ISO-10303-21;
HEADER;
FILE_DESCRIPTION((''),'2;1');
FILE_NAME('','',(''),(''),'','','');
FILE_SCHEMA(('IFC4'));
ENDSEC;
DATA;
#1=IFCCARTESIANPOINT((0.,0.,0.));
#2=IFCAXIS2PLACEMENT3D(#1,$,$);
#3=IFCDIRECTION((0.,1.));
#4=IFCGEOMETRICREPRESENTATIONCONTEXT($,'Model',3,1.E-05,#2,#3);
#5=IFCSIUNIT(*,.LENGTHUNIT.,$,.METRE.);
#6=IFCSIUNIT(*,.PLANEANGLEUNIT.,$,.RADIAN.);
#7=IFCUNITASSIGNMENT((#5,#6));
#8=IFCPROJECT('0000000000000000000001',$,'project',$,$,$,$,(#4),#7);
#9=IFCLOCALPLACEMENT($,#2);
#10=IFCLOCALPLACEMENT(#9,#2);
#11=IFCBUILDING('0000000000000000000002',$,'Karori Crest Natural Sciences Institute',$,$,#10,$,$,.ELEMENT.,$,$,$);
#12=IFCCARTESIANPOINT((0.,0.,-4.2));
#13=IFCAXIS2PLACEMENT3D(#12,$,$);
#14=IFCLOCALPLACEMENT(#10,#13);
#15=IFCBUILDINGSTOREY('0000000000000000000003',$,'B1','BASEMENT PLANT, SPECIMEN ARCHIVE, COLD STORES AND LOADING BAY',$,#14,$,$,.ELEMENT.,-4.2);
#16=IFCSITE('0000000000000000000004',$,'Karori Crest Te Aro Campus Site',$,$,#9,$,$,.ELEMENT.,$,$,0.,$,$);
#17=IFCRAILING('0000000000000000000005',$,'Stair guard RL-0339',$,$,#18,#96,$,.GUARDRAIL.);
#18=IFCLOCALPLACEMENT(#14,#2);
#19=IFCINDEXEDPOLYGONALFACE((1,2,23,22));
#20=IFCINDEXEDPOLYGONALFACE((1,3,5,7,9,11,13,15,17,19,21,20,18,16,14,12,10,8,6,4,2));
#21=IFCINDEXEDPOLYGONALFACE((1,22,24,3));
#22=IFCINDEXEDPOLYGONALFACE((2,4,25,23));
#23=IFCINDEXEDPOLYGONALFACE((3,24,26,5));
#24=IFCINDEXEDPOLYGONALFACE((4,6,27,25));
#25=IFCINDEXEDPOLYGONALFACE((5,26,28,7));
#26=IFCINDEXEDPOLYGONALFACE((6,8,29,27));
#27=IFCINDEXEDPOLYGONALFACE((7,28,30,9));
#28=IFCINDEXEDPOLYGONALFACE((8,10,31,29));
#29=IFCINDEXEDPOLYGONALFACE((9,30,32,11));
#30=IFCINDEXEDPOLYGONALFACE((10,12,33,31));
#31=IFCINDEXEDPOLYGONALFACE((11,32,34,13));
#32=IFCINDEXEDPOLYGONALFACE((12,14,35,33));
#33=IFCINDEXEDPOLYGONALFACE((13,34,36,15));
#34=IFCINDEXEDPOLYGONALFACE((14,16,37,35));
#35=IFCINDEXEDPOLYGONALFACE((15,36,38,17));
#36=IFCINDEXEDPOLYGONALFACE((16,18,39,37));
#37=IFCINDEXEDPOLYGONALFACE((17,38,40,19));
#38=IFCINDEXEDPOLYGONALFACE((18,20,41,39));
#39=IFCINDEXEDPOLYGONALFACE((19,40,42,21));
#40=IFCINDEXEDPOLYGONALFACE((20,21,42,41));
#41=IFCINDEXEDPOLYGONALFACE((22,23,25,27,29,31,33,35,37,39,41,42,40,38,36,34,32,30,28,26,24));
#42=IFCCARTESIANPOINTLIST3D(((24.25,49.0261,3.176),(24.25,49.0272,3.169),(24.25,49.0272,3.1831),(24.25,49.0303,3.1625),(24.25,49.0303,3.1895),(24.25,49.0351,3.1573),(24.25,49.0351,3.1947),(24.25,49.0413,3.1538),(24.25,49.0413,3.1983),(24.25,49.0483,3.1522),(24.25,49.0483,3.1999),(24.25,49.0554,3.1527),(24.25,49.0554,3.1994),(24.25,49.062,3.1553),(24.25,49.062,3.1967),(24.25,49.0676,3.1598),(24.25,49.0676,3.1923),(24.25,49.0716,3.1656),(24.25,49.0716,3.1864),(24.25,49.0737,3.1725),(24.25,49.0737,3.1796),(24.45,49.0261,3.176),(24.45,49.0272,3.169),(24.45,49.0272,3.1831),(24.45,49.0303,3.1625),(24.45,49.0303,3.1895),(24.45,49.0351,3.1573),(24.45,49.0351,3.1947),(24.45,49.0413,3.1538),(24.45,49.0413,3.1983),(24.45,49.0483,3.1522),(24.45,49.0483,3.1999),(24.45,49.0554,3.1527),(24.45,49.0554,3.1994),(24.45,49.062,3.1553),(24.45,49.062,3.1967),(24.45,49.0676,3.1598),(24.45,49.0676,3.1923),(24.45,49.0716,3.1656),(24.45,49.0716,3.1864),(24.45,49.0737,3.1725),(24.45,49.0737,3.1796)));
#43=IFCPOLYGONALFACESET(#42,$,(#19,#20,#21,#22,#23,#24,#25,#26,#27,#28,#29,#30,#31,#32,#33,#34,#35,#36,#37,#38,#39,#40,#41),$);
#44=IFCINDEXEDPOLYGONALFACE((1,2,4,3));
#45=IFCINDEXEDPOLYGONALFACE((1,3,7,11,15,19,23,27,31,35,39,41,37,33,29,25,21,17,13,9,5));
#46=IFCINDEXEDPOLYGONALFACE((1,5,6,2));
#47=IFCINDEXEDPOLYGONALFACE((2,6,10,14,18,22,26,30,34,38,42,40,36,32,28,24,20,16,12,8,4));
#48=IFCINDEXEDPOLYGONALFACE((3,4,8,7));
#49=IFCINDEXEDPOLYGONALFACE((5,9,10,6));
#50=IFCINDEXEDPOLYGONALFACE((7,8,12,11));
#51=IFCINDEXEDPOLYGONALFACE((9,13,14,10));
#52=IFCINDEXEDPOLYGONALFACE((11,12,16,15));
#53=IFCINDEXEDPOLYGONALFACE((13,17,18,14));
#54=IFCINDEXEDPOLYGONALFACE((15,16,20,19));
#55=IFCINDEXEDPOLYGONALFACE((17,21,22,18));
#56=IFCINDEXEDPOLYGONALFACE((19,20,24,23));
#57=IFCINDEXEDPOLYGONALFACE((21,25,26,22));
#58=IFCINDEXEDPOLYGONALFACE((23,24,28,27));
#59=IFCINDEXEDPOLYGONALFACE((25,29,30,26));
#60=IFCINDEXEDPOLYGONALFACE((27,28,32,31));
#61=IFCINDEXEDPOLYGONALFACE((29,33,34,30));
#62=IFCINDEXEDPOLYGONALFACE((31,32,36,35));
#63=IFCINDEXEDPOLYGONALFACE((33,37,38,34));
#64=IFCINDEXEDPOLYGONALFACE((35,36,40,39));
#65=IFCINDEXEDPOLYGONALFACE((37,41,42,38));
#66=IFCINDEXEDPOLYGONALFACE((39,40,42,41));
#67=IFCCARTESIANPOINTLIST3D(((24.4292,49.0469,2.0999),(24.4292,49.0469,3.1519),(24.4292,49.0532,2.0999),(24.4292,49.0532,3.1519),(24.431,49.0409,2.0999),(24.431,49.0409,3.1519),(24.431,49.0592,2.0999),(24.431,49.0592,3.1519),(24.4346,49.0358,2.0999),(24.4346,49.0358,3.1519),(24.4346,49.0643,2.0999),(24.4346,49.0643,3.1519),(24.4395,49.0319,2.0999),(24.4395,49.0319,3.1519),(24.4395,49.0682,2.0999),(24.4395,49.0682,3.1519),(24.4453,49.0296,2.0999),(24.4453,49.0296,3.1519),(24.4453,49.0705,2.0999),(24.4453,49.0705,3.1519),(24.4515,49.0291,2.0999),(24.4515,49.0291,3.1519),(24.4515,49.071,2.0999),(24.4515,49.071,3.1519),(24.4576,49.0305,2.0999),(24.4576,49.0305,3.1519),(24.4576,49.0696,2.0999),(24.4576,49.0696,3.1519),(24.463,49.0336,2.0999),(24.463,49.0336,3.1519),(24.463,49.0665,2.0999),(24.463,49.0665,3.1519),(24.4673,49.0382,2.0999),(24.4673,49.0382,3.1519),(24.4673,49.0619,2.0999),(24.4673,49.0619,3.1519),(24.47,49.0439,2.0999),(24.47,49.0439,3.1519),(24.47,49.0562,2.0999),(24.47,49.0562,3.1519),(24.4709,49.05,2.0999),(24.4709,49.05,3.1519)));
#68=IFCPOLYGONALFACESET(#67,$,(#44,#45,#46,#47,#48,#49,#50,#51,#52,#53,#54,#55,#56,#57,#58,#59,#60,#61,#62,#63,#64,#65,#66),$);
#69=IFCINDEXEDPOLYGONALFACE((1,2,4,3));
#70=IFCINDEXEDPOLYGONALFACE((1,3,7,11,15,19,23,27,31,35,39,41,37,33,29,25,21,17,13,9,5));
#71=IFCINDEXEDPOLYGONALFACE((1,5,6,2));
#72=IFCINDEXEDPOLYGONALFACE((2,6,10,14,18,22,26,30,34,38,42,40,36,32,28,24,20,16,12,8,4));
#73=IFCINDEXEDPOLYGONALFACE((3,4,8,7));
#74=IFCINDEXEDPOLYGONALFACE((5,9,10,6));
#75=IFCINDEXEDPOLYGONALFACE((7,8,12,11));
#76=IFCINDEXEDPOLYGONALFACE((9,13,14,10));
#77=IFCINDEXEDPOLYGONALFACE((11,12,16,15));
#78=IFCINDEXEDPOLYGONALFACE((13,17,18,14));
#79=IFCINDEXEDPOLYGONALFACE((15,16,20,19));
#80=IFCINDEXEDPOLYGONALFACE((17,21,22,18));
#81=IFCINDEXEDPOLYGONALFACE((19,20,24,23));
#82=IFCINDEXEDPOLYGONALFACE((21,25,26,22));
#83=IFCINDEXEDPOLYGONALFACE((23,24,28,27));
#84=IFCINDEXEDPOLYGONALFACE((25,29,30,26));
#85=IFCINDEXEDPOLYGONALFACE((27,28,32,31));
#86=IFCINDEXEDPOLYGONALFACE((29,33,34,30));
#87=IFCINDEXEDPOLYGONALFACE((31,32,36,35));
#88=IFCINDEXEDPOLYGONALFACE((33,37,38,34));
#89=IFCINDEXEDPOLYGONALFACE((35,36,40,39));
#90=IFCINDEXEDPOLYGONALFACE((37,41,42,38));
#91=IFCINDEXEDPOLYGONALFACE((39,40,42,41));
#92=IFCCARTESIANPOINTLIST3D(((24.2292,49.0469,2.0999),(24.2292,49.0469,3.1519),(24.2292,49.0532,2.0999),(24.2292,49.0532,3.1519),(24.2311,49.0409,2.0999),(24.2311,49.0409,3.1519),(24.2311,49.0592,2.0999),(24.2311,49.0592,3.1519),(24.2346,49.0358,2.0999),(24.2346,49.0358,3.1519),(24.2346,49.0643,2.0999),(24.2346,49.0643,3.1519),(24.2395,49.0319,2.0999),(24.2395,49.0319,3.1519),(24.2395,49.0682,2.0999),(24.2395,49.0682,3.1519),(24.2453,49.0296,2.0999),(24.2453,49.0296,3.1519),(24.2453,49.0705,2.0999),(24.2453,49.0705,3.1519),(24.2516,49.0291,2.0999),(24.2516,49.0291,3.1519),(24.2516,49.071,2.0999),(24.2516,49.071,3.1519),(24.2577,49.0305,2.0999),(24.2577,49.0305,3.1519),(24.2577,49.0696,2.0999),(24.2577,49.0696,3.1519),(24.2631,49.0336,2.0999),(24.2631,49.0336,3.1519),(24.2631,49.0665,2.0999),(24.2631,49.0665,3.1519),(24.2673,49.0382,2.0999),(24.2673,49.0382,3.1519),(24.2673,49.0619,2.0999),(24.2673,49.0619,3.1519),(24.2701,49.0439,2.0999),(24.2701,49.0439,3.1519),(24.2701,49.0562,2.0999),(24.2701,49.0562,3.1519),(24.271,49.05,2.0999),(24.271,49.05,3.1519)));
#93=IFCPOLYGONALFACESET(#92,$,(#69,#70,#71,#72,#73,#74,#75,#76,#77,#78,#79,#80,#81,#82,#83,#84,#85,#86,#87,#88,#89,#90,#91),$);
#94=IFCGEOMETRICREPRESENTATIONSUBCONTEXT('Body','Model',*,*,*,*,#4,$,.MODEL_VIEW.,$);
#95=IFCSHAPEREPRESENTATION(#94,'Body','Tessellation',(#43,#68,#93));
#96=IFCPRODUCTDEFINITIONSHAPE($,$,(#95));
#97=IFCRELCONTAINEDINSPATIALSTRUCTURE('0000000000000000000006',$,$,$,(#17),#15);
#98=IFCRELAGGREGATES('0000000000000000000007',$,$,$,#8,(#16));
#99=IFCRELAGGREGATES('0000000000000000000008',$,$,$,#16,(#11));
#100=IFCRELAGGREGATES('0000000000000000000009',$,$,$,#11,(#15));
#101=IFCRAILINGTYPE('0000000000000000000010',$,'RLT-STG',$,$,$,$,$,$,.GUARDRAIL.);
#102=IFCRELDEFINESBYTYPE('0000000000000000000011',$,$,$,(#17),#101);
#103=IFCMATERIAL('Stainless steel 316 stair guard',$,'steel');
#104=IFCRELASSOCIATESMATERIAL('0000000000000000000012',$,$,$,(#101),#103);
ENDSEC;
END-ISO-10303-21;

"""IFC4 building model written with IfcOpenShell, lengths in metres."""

from ifc_helpers import new_model, si_unit, direction, frame, origin, origin_2d, place, context, subcontext, project, spatial, circle, extrude, material, type_object, element, save


model = new_model("IFC4")

# Units and contexts
model_context = context("Model", 3, precision=1e-05, world=origin(), true_north=direction((0.0, 1.0)))
body_context = subcontext(model_context, "Body", "Model", "MODEL_VIEW")
ifc_project = project(units=[si_unit("LENGTHUNIT", "METRE"), si_unit("PLANEANGLEUNIT", "RADIAN")], contexts=[model_context])

# Site, building, storey
site_placement = place(None, origin())
site = spatial("IfcSite", under=ifc_project, at=site_placement, Name="Karori Crest Te Aro Campus Site", CompositionType="ELEMENT", RefElevation=0.0)
building_placement = place(site_placement, origin())
building = spatial("IfcBuilding", under=site, at=building_placement, Name="Karori Crest Natural Sciences Institute", CompositionType="ELEMENT")
storey_placement = place(building_placement, frame((0.0, 0.0, -4.2)))
storey = spatial("IfcBuildingStorey", under=building, at=storey_placement, Name="B1", Description="BASEMENT PLANT, SPECIMEN ARCHIVE, COLD STORES AND LOADING BAY", CompositionType="ELEMENT", Elevation=-4.2)

# Railing
ifc_material_1 = material(Name="Stainless steel 316 stair guard", Category="steel")
railing_type_1 = type_object("IfcRailingType", Name="RLT-STG", PredefinedType="GUARDRAIL", material=ifc_material_1)
railing_1_placement = place(storey_placement, frame((24.45, 49.05, 2.0999)))
element("IfcRailing", 1, at=railing_1_placement, inside=storey, type_object=railing_type_1, Name="Stair guard RL-0339", PredefinedType="GUARDRAIL", context=body_context, shape_type="SweptSolid", body=[
    extrude(circle(Radius=0.0239, at=origin_2d()), frame((0.0, 0.0, 1.0762), z_axis=(-1.0, 0.0, 0.0), x_axis=(0.0, -1.0, 0.0)), (0.0, 0.0, 1.0), 0.2),
    extrude(circle(Radius=0.021, at=origin_2d()), origin(), (0.0, 0.0, 1.0), 1.052),
    extrude(circle(Radius=0.021, at=origin_2d()), frame((-0.2, 0.0, 0.0)), (0.0, 0.0, 1.0), 1.052),
])

save(model, "model.ifc")
